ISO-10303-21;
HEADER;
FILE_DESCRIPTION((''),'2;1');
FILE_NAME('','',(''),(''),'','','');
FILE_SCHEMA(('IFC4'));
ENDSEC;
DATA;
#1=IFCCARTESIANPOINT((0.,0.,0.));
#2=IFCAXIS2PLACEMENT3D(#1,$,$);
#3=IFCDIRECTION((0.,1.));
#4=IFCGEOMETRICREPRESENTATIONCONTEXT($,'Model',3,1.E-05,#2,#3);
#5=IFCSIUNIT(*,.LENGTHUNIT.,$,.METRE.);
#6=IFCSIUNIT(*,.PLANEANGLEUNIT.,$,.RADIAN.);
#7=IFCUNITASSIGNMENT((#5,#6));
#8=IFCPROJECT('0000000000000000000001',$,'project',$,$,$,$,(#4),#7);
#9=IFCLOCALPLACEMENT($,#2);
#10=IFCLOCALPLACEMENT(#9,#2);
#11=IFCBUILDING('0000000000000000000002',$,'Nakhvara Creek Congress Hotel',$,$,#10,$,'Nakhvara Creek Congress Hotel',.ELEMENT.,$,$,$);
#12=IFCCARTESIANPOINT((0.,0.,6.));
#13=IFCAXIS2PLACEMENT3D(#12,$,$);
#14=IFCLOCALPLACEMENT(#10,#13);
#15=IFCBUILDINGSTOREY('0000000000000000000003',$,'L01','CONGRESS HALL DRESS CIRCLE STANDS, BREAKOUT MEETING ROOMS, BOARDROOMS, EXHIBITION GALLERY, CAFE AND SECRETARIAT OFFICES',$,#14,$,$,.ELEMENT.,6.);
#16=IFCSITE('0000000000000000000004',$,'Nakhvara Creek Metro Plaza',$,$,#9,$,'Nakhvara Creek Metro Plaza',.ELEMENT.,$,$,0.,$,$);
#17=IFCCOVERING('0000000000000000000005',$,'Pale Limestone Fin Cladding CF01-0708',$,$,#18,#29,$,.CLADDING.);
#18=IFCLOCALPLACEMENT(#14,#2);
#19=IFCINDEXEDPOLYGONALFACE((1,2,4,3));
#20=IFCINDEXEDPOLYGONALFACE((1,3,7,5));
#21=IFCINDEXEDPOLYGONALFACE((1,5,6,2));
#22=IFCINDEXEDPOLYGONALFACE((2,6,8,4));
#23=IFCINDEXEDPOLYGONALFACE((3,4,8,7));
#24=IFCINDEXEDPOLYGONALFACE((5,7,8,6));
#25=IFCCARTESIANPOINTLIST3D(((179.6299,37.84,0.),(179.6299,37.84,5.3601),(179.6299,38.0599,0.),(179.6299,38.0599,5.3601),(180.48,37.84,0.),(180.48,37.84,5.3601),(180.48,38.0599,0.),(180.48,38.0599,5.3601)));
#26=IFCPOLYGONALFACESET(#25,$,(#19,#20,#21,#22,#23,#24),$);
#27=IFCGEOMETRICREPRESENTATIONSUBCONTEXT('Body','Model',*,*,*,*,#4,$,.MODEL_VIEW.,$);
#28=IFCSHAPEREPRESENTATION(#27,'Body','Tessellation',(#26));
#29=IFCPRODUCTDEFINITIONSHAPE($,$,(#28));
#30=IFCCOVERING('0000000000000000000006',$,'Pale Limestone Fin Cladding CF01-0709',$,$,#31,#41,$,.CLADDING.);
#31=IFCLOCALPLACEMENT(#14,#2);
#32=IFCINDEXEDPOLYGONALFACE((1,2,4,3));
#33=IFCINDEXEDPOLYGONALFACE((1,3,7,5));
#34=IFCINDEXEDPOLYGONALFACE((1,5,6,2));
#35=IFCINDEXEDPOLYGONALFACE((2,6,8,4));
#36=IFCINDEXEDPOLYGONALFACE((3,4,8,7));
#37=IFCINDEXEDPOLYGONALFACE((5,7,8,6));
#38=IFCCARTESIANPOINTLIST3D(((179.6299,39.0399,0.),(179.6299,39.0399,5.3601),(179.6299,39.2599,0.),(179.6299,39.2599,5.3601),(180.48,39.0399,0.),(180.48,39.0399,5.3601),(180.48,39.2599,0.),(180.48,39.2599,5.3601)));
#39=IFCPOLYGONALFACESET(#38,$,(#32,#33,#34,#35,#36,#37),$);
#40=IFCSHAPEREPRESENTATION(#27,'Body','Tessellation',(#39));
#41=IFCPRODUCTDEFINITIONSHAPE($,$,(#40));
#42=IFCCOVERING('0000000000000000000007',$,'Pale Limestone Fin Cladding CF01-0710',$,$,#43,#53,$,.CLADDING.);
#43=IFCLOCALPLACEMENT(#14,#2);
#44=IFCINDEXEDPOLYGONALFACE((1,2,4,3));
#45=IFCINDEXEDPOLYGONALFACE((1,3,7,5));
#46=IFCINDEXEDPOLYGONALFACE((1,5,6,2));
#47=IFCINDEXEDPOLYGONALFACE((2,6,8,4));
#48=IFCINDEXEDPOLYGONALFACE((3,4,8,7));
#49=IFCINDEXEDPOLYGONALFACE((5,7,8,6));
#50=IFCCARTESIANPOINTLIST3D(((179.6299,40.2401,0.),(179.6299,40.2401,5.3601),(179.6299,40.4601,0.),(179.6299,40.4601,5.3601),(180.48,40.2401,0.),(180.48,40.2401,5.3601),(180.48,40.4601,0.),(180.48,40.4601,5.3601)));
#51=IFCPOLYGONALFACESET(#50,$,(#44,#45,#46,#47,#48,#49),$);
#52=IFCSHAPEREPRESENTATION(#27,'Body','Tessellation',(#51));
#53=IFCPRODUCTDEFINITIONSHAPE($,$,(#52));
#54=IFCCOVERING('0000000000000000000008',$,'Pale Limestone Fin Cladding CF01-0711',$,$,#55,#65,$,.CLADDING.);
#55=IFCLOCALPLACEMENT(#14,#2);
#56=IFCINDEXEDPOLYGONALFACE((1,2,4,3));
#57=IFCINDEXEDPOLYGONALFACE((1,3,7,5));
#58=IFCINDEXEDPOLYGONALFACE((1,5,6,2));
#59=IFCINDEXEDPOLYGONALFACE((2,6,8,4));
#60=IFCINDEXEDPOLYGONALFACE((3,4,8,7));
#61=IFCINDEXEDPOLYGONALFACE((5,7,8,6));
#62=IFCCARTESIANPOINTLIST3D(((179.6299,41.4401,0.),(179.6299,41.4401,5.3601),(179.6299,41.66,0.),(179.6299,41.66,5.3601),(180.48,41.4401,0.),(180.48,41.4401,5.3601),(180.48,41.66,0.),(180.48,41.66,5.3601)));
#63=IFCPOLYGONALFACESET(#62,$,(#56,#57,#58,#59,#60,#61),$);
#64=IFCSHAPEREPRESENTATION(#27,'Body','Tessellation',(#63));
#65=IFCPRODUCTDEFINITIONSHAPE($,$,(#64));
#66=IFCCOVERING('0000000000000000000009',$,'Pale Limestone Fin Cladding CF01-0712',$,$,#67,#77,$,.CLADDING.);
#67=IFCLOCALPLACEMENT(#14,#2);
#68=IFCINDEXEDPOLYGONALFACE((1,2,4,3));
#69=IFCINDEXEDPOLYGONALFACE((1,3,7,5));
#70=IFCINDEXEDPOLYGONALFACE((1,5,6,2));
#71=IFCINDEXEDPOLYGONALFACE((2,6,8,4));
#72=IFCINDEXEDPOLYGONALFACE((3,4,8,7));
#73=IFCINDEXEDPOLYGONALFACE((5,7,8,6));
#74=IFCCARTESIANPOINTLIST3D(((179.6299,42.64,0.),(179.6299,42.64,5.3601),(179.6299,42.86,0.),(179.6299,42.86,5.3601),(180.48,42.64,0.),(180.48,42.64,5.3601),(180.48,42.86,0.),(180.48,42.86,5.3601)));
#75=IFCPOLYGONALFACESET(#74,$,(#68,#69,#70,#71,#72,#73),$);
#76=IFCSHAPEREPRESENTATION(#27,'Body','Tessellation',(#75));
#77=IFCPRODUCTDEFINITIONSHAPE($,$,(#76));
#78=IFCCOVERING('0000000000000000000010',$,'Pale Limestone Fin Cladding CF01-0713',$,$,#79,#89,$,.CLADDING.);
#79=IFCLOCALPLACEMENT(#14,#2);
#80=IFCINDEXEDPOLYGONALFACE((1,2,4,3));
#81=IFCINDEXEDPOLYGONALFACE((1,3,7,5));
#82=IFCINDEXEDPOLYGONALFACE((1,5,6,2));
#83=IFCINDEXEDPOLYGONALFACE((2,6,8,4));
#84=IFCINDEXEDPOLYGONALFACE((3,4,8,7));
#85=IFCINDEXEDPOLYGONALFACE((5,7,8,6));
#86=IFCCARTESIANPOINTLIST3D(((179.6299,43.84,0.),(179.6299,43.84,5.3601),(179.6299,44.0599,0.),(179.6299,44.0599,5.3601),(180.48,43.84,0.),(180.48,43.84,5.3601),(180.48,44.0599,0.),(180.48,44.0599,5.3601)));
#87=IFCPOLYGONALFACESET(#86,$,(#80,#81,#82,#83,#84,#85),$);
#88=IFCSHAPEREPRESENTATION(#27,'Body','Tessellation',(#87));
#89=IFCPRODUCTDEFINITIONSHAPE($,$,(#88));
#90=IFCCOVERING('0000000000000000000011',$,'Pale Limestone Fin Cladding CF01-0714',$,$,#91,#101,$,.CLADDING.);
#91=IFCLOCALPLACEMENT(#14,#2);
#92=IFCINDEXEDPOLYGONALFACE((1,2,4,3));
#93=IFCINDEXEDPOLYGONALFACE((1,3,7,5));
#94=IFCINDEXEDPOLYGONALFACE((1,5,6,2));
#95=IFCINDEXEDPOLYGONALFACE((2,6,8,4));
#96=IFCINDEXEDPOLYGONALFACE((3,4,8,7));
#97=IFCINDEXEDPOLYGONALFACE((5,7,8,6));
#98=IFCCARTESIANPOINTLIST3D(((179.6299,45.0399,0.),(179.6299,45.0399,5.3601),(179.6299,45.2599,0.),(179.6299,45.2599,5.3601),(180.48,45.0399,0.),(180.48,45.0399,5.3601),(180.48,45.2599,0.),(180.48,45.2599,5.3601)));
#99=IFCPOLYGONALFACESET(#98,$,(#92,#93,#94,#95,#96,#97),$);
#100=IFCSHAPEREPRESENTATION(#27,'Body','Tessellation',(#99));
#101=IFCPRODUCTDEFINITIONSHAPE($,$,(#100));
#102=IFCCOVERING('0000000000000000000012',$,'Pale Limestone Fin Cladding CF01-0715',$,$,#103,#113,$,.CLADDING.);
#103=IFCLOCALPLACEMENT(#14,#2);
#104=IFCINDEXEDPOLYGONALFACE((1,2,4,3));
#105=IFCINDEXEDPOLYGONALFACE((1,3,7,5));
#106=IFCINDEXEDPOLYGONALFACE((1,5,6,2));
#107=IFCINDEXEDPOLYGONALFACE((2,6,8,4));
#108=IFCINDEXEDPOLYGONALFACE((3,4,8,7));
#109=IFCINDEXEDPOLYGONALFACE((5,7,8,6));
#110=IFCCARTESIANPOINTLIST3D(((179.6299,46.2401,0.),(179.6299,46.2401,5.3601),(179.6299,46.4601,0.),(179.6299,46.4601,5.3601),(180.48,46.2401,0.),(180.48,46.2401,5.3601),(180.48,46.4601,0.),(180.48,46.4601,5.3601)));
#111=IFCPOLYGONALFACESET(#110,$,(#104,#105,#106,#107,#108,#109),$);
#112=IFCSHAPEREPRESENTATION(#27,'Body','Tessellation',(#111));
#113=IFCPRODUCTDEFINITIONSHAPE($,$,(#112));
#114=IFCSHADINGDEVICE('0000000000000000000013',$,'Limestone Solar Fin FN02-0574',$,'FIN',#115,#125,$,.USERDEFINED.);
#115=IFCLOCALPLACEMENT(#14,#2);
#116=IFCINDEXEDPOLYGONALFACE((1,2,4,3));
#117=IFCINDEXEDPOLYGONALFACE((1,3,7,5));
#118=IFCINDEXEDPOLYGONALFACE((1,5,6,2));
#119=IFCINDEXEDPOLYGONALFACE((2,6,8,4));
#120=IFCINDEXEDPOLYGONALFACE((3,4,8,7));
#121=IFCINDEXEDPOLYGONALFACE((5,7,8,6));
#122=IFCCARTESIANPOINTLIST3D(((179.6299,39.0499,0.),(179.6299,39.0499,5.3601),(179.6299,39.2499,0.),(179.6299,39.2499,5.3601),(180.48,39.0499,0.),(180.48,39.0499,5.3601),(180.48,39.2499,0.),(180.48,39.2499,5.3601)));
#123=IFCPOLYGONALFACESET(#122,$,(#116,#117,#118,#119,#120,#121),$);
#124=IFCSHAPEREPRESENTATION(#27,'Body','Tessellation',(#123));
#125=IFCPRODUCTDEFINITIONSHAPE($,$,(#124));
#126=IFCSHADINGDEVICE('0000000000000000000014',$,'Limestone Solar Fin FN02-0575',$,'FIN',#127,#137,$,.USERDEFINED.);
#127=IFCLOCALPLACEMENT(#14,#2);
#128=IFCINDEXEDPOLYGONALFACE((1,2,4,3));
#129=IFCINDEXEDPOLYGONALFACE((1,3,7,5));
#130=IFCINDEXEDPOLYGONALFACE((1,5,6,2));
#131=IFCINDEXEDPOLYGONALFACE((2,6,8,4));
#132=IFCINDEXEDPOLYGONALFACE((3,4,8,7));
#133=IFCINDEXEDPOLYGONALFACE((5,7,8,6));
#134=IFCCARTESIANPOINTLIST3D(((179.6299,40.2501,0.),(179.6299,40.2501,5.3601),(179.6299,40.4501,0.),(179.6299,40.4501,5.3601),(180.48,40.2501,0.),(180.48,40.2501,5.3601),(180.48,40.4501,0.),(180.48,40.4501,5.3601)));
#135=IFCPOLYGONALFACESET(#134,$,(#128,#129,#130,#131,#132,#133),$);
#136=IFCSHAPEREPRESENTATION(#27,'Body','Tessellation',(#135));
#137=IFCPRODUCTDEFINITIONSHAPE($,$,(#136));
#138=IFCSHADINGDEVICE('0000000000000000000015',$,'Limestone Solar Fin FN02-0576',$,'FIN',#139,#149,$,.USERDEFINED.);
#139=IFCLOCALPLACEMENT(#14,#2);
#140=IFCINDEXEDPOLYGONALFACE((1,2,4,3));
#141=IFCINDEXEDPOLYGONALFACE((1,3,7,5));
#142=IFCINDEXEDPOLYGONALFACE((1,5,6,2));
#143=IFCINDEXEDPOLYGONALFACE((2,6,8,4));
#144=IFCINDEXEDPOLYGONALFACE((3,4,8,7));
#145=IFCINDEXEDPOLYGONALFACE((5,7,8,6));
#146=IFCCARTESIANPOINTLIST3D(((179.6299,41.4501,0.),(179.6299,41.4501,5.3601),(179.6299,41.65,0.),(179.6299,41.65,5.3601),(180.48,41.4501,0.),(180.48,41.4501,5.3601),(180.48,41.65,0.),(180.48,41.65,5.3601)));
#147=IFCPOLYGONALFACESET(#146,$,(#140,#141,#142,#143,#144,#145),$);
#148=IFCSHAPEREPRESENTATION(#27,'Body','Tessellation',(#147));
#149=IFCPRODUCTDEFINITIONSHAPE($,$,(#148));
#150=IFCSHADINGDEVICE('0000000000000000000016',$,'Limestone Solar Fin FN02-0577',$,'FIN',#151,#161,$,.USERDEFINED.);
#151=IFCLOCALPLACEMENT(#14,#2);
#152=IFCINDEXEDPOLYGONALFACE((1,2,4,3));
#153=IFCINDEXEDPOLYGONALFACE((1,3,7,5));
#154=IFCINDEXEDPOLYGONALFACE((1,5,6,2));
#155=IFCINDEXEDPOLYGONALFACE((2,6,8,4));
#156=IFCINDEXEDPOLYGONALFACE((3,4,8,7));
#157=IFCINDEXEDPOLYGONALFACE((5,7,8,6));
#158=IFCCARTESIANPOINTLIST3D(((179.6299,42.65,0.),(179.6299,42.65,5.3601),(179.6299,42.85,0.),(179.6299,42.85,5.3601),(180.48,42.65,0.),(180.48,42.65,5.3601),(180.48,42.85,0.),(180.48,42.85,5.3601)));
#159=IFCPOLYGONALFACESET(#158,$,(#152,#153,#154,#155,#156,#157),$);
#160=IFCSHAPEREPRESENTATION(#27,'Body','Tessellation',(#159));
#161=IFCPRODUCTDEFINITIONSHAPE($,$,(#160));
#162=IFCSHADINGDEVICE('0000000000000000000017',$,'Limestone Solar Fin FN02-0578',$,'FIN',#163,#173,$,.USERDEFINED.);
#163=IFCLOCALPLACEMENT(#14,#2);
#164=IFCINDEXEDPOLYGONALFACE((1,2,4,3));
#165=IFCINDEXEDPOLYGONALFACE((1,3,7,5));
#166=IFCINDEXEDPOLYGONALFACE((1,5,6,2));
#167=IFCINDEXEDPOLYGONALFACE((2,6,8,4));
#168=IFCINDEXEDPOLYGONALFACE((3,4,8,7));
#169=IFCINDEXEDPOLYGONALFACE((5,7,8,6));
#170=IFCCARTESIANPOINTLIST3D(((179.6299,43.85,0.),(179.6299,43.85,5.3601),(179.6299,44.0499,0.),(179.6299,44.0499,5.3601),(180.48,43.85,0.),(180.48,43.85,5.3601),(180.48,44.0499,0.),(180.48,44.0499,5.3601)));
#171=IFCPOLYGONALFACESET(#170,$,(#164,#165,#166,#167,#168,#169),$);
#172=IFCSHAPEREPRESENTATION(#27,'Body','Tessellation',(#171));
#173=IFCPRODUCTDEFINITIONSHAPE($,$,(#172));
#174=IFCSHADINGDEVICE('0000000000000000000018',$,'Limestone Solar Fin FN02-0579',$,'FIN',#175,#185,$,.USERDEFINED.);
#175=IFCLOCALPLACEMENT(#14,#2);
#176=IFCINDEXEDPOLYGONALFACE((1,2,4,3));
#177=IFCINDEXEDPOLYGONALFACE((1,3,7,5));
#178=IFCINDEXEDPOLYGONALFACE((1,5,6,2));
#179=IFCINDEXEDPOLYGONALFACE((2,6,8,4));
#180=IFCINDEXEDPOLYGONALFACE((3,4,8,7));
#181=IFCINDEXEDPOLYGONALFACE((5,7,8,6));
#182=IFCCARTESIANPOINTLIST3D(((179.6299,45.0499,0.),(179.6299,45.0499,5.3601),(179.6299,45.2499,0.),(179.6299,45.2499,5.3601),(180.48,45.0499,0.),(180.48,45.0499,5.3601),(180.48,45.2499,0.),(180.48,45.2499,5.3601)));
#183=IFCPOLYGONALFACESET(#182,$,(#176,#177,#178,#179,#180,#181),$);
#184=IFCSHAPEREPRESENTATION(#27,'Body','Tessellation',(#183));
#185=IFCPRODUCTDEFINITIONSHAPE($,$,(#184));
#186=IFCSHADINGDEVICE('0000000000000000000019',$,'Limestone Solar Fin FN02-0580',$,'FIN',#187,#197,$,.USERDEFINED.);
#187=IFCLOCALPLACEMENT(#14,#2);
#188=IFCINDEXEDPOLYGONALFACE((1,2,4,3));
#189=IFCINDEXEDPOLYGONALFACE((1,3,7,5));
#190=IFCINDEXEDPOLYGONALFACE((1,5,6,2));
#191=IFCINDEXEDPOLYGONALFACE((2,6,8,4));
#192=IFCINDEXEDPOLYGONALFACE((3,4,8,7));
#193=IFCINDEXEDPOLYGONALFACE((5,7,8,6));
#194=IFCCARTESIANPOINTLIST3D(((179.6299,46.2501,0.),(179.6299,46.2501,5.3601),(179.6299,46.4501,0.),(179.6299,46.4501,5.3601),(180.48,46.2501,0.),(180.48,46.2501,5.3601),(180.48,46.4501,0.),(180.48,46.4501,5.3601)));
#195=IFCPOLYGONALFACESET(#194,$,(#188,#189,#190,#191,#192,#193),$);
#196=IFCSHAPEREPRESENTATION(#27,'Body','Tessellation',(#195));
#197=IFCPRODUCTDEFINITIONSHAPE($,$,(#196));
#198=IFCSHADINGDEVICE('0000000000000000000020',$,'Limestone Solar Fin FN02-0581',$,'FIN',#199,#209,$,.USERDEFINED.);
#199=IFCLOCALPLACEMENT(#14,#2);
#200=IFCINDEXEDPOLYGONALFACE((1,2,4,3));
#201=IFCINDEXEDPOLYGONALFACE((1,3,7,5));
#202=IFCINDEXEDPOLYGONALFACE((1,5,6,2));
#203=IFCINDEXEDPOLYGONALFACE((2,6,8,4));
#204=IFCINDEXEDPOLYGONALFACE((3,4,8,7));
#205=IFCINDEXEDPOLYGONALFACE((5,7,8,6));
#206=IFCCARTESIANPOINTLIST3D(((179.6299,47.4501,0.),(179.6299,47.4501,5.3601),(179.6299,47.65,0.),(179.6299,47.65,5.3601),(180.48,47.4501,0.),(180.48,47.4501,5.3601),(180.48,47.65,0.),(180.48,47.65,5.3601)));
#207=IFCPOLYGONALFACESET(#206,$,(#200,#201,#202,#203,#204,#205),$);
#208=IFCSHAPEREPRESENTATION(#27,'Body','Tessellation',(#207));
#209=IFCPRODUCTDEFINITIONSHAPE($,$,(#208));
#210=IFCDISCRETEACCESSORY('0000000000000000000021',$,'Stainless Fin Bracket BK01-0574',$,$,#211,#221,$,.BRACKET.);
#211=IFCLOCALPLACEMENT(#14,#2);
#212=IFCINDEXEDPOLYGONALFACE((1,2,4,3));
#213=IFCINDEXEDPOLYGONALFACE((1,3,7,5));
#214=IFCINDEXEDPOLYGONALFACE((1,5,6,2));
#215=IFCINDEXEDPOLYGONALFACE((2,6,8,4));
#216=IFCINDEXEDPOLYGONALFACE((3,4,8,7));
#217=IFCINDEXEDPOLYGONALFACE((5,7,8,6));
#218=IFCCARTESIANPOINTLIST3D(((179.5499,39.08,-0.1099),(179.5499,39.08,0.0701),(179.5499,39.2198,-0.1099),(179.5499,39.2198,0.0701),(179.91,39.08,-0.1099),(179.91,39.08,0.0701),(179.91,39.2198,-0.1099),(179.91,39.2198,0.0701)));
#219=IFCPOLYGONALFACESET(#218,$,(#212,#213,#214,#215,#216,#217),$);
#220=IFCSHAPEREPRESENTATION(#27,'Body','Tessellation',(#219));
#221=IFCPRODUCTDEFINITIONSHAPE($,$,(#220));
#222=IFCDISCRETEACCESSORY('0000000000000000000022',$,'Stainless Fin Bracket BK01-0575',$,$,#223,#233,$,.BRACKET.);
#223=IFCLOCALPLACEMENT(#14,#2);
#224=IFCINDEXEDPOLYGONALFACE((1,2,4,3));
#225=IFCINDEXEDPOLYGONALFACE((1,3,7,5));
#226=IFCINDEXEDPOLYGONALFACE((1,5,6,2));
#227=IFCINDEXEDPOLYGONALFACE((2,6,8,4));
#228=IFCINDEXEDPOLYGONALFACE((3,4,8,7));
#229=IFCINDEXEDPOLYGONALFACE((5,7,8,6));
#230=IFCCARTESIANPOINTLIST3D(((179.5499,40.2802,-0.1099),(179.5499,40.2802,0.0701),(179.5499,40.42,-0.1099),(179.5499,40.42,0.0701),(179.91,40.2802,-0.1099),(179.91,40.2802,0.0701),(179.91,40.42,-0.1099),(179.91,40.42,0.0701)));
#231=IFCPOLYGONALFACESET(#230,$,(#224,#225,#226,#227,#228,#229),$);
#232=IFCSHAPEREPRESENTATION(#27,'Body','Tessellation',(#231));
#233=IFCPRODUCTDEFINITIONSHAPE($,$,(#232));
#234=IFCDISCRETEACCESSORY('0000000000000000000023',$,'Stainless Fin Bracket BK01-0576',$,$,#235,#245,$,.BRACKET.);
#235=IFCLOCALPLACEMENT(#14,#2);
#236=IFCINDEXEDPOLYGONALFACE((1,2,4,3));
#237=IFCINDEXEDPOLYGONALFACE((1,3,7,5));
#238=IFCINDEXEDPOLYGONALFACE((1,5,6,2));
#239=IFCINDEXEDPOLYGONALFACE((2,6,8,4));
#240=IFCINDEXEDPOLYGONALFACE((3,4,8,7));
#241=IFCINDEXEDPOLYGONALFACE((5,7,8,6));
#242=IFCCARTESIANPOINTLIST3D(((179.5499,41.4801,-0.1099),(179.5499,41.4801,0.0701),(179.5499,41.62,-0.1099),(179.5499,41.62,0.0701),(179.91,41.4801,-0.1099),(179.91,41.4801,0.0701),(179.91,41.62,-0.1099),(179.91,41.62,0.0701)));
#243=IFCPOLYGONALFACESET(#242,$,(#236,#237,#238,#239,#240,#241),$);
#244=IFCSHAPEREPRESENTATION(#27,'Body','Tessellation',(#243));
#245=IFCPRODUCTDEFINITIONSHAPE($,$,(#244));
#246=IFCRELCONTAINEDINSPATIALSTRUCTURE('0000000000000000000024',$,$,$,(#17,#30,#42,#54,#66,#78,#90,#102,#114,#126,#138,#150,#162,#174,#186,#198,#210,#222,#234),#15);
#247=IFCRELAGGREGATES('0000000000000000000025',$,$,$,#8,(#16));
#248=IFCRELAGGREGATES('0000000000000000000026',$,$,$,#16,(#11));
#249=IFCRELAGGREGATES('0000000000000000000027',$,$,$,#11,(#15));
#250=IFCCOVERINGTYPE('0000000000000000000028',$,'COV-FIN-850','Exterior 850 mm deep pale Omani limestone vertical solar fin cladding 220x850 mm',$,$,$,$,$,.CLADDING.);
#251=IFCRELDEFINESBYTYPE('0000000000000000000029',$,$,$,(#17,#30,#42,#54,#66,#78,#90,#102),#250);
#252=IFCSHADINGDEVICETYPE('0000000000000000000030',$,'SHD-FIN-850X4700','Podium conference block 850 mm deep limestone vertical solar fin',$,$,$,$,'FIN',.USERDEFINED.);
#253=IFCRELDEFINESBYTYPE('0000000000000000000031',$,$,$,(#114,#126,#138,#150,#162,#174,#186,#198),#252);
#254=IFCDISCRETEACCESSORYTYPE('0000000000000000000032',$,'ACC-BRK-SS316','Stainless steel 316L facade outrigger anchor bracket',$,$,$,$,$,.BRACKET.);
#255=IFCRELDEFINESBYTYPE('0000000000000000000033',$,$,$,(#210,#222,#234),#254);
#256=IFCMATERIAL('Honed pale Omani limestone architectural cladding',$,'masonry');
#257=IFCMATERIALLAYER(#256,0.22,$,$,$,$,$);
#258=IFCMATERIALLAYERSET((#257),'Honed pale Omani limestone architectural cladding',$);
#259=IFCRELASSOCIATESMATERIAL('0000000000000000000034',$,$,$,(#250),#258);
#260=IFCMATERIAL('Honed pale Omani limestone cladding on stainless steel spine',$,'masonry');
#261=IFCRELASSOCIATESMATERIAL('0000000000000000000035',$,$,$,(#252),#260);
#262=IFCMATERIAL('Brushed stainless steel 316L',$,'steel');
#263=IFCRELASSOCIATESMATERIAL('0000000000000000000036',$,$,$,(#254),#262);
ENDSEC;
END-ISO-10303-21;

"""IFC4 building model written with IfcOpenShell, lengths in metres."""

from ifc_helpers import new_model, si_unit, direction, frame, origin, origin_2d, place, context, subcontext, project, spatial, rectangle, extrude, material, layer, layer_set, type_object, element, save


model = new_model("IFC4")

# Units and contexts
model_context = context("Model", 3, precision=1e-05, world=origin(), true_north=direction((0.0, 1.0)))
body_context = subcontext(model_context, "Body", "Model", "MODEL_VIEW")
ifc_project = project(units=[si_unit("LENGTHUNIT", "METRE"), si_unit("PLANEANGLEUNIT", "RADIAN")], contexts=[model_context])

# Site, building, storey
site_placement = place(None, origin())
site = spatial("IfcSite", under=ifc_project, at=site_placement, Name="Nakhvara Creek Metro Plaza", LongName="Nakhvara Creek Metro Plaza", CompositionType="ELEMENT", RefElevation=0.0)
building_placement = place(site_placement, origin())
building = spatial("IfcBuilding", under=site, at=building_placement, Name="Nakhvara Creek Congress Hotel", LongName="Nakhvara Creek Congress Hotel", CompositionType="ELEMENT")
storey_placement = place(building_placement, frame((0.0, 0.0, 6.0)))
storey = spatial("IfcBuildingStorey", under=building, at=storey_placement, Name="L01", Description="CONGRESS HALL DRESS CIRCLE STANDS, BREAKOUT MEETING ROOMS, BOARDROOMS, EXHIBITION GALLERY, CAFE AND SECRETARIAT OFFICES", CompositionType="ELEMENT", Elevation=6.0)

# Coverings
ifc_material_1 = material(Name="Honed pale Omani limestone architectural cladding", Category="masonry")
ifc_layer = layer(ifc_material_1, 0.22)
ifc_layer_set = layer_set([ifc_layer], Name="Honed pale Omani limestone architectural cladding")
covering_type = type_object("IfcCoveringType", Name="COV-FIN-850", Description="Exterior 850 mm deep pale Omani limestone vertical solar fin cladding 220x850 mm", PredefinedType="CLADDING", material=ifc_layer_set)
for number, where, z_axis, x_axis, name in (
    (1, (180.0549, 37.95, 0.0), (0.0, 0.0, 1.0), (0.0, 1.0, 0.0), "Pale Limestone Fin Cladding CF01-0708"),
    (2, (180.0549, 39.1499, 0.0), (0.0, 0.0, 1.0), (0.0, 1.0, 0.0), "Pale Limestone Fin Cladding CF01-0709"),
    (3, (180.0549, 40.3501, 0.0), (0.0, 0.0, 1.0), (0.0, 1.0, 0.0), "Pale Limestone Fin Cladding CF01-0710"),
    (4, (180.0549, 41.55, 0.0), (0.0, 0.0, 1.0), (0.0, 1.0, 0.0), "Pale Limestone Fin Cladding CF01-0711"),
    (5, (180.0549, 42.75, 0.0), (0.0, 0.0, 1.0), (0.0, 1.0, 0.0), "Pale Limestone Fin Cladding CF01-0712"),
    (6, (180.0549, 43.95, 0.0), (0.0, 0.0, 1.0), (0.0, 1.0, 0.0), "Pale Limestone Fin Cladding CF01-0713"),
    (7, (180.0549, 45.1499, 0.0), (0.0, 0.0, 1.0), (0.0, 1.0, 0.0), "Pale Limestone Fin Cladding CF01-0714"),
    (8, (180.0549, 46.3501, 0.0), (0.0, 0.0, 1.0), (0.0, 1.0, 0.0), "Pale Limestone Fin Cladding CF01-0715"),
):
    element("IfcCovering", number, at=place(storey_placement, frame(where, z_axis=z_axis, x_axis=x_axis)), inside=storey, type_object=covering_type, Name=name, PredefinedType="CLADDING", context=body_context, shape_type="SweptSolid", body=[
        extrude(rectangle(XDim=0.22, YDim=0.8501, at=origin_2d()), origin(), (0.0, 0.0, 1.0), 5.3601),
    ])

# Shading devices
ifc_material_2 = material(Name="Honed pale Omani limestone cladding on stainless steel spine", Category="masonry")
shading_device_type = type_object("IfcShadingDeviceType", Name="SHD-FIN-850X4700", Description="Podium conference block 850 mm deep limestone vertical solar fin", ElementType="FIN", PredefinedType="USERDEFINED", material=ifc_material_2)
for number, where, z_axis, x_axis, name in (
    (9, (180.0549, 39.1499, 0.0), (0.0, 0.0, 1.0), (0.0, 1.0, 0.0), "Limestone Solar Fin FN02-0574"),
    (10, (180.0549, 40.3501, 0.0), (0.0, 0.0, 1.0), (0.0, 1.0, 0.0), "Limestone Solar Fin FN02-0575"),
    (11, (180.0549, 41.55, 0.0), (0.0, 0.0, 1.0), (0.0, 1.0, 0.0), "Limestone Solar Fin FN02-0576"),
    (12, (180.0549, 42.75, 0.0), (0.0, 0.0, 1.0), (0.0, 1.0, 0.0), "Limestone Solar Fin FN02-0577"),
    (13, (180.0549, 43.95, 0.0), (0.0, 0.0, 1.0), (0.0, 1.0, 0.0), "Limestone Solar Fin FN02-0578"),
    (14, (180.0549, 45.1499, 0.0), (0.0, 0.0, 1.0), (0.0, 1.0, 0.0), "Limestone Solar Fin FN02-0579"),
    (15, (180.0549, 46.3501, 0.0), (0.0, 0.0, 1.0), (0.0, 1.0, 0.0), "Limestone Solar Fin FN02-0580"),
    (16, (180.0549, 47.55, 0.0), (0.0, 0.0, 1.0), (0.0, 1.0, 0.0), "Limestone Solar Fin FN02-0581"),
):
    element("IfcShadingDevice", number, at=place(storey_placement, frame(where, z_axis=z_axis, x_axis=x_axis)), inside=storey, type_object=shading_device_type, Name=name, ObjectType="FIN", PredefinedType="USERDEFINED", context=body_context, shape_type="SweptSolid", body=[
        extrude(rectangle(XDim=0.2, YDim=0.8501, at=origin_2d()), origin(), (0.0, 0.0, 1.0), 5.3601),
    ])

# Discrete accessories
ifc_material_3 = material(Name="Brushed stainless steel 316L", Category="steel")
discrete_accessory_type = type_object("IfcDiscreteAccessoryType", Name="ACC-BRK-SS316", Description="Stainless steel 316L facade outrigger anchor bracket", PredefinedType="BRACKET", material=ifc_material_3)
for number, where, z_axis, x_axis, name in (
    (17, (179.73, 39.1499, -0.1099), (0.0, 0.0, 1.0), (0.0, 1.0, 0.0), "Stainless Fin Bracket BK01-0574"),
    (18, (179.73, 40.3501, -0.1099), (0.0, 0.0, 1.0), (0.0, 1.0, 0.0), "Stainless Fin Bracket BK01-0575"),
    (19, (179.73, 41.55, -0.1099), (0.0, 0.0, 1.0), (0.0, 1.0, 0.0), "Stainless Fin Bracket BK01-0576"),
):
    element("IfcDiscreteAccessory", number, at=place(storey_placement, frame(where, z_axis=z_axis, x_axis=x_axis)), inside=storey, type_object=discrete_accessory_type, Name=name, PredefinedType="BRACKET", context=body_context, shape_type="SweptSolid", body=[
        extrude(rectangle(XDim=0.1399, YDim=0.3601, at=origin_2d()), origin(), (0.0, 0.0, 1.0), 0.1799),
    ])

save(model, "model.ifc")
